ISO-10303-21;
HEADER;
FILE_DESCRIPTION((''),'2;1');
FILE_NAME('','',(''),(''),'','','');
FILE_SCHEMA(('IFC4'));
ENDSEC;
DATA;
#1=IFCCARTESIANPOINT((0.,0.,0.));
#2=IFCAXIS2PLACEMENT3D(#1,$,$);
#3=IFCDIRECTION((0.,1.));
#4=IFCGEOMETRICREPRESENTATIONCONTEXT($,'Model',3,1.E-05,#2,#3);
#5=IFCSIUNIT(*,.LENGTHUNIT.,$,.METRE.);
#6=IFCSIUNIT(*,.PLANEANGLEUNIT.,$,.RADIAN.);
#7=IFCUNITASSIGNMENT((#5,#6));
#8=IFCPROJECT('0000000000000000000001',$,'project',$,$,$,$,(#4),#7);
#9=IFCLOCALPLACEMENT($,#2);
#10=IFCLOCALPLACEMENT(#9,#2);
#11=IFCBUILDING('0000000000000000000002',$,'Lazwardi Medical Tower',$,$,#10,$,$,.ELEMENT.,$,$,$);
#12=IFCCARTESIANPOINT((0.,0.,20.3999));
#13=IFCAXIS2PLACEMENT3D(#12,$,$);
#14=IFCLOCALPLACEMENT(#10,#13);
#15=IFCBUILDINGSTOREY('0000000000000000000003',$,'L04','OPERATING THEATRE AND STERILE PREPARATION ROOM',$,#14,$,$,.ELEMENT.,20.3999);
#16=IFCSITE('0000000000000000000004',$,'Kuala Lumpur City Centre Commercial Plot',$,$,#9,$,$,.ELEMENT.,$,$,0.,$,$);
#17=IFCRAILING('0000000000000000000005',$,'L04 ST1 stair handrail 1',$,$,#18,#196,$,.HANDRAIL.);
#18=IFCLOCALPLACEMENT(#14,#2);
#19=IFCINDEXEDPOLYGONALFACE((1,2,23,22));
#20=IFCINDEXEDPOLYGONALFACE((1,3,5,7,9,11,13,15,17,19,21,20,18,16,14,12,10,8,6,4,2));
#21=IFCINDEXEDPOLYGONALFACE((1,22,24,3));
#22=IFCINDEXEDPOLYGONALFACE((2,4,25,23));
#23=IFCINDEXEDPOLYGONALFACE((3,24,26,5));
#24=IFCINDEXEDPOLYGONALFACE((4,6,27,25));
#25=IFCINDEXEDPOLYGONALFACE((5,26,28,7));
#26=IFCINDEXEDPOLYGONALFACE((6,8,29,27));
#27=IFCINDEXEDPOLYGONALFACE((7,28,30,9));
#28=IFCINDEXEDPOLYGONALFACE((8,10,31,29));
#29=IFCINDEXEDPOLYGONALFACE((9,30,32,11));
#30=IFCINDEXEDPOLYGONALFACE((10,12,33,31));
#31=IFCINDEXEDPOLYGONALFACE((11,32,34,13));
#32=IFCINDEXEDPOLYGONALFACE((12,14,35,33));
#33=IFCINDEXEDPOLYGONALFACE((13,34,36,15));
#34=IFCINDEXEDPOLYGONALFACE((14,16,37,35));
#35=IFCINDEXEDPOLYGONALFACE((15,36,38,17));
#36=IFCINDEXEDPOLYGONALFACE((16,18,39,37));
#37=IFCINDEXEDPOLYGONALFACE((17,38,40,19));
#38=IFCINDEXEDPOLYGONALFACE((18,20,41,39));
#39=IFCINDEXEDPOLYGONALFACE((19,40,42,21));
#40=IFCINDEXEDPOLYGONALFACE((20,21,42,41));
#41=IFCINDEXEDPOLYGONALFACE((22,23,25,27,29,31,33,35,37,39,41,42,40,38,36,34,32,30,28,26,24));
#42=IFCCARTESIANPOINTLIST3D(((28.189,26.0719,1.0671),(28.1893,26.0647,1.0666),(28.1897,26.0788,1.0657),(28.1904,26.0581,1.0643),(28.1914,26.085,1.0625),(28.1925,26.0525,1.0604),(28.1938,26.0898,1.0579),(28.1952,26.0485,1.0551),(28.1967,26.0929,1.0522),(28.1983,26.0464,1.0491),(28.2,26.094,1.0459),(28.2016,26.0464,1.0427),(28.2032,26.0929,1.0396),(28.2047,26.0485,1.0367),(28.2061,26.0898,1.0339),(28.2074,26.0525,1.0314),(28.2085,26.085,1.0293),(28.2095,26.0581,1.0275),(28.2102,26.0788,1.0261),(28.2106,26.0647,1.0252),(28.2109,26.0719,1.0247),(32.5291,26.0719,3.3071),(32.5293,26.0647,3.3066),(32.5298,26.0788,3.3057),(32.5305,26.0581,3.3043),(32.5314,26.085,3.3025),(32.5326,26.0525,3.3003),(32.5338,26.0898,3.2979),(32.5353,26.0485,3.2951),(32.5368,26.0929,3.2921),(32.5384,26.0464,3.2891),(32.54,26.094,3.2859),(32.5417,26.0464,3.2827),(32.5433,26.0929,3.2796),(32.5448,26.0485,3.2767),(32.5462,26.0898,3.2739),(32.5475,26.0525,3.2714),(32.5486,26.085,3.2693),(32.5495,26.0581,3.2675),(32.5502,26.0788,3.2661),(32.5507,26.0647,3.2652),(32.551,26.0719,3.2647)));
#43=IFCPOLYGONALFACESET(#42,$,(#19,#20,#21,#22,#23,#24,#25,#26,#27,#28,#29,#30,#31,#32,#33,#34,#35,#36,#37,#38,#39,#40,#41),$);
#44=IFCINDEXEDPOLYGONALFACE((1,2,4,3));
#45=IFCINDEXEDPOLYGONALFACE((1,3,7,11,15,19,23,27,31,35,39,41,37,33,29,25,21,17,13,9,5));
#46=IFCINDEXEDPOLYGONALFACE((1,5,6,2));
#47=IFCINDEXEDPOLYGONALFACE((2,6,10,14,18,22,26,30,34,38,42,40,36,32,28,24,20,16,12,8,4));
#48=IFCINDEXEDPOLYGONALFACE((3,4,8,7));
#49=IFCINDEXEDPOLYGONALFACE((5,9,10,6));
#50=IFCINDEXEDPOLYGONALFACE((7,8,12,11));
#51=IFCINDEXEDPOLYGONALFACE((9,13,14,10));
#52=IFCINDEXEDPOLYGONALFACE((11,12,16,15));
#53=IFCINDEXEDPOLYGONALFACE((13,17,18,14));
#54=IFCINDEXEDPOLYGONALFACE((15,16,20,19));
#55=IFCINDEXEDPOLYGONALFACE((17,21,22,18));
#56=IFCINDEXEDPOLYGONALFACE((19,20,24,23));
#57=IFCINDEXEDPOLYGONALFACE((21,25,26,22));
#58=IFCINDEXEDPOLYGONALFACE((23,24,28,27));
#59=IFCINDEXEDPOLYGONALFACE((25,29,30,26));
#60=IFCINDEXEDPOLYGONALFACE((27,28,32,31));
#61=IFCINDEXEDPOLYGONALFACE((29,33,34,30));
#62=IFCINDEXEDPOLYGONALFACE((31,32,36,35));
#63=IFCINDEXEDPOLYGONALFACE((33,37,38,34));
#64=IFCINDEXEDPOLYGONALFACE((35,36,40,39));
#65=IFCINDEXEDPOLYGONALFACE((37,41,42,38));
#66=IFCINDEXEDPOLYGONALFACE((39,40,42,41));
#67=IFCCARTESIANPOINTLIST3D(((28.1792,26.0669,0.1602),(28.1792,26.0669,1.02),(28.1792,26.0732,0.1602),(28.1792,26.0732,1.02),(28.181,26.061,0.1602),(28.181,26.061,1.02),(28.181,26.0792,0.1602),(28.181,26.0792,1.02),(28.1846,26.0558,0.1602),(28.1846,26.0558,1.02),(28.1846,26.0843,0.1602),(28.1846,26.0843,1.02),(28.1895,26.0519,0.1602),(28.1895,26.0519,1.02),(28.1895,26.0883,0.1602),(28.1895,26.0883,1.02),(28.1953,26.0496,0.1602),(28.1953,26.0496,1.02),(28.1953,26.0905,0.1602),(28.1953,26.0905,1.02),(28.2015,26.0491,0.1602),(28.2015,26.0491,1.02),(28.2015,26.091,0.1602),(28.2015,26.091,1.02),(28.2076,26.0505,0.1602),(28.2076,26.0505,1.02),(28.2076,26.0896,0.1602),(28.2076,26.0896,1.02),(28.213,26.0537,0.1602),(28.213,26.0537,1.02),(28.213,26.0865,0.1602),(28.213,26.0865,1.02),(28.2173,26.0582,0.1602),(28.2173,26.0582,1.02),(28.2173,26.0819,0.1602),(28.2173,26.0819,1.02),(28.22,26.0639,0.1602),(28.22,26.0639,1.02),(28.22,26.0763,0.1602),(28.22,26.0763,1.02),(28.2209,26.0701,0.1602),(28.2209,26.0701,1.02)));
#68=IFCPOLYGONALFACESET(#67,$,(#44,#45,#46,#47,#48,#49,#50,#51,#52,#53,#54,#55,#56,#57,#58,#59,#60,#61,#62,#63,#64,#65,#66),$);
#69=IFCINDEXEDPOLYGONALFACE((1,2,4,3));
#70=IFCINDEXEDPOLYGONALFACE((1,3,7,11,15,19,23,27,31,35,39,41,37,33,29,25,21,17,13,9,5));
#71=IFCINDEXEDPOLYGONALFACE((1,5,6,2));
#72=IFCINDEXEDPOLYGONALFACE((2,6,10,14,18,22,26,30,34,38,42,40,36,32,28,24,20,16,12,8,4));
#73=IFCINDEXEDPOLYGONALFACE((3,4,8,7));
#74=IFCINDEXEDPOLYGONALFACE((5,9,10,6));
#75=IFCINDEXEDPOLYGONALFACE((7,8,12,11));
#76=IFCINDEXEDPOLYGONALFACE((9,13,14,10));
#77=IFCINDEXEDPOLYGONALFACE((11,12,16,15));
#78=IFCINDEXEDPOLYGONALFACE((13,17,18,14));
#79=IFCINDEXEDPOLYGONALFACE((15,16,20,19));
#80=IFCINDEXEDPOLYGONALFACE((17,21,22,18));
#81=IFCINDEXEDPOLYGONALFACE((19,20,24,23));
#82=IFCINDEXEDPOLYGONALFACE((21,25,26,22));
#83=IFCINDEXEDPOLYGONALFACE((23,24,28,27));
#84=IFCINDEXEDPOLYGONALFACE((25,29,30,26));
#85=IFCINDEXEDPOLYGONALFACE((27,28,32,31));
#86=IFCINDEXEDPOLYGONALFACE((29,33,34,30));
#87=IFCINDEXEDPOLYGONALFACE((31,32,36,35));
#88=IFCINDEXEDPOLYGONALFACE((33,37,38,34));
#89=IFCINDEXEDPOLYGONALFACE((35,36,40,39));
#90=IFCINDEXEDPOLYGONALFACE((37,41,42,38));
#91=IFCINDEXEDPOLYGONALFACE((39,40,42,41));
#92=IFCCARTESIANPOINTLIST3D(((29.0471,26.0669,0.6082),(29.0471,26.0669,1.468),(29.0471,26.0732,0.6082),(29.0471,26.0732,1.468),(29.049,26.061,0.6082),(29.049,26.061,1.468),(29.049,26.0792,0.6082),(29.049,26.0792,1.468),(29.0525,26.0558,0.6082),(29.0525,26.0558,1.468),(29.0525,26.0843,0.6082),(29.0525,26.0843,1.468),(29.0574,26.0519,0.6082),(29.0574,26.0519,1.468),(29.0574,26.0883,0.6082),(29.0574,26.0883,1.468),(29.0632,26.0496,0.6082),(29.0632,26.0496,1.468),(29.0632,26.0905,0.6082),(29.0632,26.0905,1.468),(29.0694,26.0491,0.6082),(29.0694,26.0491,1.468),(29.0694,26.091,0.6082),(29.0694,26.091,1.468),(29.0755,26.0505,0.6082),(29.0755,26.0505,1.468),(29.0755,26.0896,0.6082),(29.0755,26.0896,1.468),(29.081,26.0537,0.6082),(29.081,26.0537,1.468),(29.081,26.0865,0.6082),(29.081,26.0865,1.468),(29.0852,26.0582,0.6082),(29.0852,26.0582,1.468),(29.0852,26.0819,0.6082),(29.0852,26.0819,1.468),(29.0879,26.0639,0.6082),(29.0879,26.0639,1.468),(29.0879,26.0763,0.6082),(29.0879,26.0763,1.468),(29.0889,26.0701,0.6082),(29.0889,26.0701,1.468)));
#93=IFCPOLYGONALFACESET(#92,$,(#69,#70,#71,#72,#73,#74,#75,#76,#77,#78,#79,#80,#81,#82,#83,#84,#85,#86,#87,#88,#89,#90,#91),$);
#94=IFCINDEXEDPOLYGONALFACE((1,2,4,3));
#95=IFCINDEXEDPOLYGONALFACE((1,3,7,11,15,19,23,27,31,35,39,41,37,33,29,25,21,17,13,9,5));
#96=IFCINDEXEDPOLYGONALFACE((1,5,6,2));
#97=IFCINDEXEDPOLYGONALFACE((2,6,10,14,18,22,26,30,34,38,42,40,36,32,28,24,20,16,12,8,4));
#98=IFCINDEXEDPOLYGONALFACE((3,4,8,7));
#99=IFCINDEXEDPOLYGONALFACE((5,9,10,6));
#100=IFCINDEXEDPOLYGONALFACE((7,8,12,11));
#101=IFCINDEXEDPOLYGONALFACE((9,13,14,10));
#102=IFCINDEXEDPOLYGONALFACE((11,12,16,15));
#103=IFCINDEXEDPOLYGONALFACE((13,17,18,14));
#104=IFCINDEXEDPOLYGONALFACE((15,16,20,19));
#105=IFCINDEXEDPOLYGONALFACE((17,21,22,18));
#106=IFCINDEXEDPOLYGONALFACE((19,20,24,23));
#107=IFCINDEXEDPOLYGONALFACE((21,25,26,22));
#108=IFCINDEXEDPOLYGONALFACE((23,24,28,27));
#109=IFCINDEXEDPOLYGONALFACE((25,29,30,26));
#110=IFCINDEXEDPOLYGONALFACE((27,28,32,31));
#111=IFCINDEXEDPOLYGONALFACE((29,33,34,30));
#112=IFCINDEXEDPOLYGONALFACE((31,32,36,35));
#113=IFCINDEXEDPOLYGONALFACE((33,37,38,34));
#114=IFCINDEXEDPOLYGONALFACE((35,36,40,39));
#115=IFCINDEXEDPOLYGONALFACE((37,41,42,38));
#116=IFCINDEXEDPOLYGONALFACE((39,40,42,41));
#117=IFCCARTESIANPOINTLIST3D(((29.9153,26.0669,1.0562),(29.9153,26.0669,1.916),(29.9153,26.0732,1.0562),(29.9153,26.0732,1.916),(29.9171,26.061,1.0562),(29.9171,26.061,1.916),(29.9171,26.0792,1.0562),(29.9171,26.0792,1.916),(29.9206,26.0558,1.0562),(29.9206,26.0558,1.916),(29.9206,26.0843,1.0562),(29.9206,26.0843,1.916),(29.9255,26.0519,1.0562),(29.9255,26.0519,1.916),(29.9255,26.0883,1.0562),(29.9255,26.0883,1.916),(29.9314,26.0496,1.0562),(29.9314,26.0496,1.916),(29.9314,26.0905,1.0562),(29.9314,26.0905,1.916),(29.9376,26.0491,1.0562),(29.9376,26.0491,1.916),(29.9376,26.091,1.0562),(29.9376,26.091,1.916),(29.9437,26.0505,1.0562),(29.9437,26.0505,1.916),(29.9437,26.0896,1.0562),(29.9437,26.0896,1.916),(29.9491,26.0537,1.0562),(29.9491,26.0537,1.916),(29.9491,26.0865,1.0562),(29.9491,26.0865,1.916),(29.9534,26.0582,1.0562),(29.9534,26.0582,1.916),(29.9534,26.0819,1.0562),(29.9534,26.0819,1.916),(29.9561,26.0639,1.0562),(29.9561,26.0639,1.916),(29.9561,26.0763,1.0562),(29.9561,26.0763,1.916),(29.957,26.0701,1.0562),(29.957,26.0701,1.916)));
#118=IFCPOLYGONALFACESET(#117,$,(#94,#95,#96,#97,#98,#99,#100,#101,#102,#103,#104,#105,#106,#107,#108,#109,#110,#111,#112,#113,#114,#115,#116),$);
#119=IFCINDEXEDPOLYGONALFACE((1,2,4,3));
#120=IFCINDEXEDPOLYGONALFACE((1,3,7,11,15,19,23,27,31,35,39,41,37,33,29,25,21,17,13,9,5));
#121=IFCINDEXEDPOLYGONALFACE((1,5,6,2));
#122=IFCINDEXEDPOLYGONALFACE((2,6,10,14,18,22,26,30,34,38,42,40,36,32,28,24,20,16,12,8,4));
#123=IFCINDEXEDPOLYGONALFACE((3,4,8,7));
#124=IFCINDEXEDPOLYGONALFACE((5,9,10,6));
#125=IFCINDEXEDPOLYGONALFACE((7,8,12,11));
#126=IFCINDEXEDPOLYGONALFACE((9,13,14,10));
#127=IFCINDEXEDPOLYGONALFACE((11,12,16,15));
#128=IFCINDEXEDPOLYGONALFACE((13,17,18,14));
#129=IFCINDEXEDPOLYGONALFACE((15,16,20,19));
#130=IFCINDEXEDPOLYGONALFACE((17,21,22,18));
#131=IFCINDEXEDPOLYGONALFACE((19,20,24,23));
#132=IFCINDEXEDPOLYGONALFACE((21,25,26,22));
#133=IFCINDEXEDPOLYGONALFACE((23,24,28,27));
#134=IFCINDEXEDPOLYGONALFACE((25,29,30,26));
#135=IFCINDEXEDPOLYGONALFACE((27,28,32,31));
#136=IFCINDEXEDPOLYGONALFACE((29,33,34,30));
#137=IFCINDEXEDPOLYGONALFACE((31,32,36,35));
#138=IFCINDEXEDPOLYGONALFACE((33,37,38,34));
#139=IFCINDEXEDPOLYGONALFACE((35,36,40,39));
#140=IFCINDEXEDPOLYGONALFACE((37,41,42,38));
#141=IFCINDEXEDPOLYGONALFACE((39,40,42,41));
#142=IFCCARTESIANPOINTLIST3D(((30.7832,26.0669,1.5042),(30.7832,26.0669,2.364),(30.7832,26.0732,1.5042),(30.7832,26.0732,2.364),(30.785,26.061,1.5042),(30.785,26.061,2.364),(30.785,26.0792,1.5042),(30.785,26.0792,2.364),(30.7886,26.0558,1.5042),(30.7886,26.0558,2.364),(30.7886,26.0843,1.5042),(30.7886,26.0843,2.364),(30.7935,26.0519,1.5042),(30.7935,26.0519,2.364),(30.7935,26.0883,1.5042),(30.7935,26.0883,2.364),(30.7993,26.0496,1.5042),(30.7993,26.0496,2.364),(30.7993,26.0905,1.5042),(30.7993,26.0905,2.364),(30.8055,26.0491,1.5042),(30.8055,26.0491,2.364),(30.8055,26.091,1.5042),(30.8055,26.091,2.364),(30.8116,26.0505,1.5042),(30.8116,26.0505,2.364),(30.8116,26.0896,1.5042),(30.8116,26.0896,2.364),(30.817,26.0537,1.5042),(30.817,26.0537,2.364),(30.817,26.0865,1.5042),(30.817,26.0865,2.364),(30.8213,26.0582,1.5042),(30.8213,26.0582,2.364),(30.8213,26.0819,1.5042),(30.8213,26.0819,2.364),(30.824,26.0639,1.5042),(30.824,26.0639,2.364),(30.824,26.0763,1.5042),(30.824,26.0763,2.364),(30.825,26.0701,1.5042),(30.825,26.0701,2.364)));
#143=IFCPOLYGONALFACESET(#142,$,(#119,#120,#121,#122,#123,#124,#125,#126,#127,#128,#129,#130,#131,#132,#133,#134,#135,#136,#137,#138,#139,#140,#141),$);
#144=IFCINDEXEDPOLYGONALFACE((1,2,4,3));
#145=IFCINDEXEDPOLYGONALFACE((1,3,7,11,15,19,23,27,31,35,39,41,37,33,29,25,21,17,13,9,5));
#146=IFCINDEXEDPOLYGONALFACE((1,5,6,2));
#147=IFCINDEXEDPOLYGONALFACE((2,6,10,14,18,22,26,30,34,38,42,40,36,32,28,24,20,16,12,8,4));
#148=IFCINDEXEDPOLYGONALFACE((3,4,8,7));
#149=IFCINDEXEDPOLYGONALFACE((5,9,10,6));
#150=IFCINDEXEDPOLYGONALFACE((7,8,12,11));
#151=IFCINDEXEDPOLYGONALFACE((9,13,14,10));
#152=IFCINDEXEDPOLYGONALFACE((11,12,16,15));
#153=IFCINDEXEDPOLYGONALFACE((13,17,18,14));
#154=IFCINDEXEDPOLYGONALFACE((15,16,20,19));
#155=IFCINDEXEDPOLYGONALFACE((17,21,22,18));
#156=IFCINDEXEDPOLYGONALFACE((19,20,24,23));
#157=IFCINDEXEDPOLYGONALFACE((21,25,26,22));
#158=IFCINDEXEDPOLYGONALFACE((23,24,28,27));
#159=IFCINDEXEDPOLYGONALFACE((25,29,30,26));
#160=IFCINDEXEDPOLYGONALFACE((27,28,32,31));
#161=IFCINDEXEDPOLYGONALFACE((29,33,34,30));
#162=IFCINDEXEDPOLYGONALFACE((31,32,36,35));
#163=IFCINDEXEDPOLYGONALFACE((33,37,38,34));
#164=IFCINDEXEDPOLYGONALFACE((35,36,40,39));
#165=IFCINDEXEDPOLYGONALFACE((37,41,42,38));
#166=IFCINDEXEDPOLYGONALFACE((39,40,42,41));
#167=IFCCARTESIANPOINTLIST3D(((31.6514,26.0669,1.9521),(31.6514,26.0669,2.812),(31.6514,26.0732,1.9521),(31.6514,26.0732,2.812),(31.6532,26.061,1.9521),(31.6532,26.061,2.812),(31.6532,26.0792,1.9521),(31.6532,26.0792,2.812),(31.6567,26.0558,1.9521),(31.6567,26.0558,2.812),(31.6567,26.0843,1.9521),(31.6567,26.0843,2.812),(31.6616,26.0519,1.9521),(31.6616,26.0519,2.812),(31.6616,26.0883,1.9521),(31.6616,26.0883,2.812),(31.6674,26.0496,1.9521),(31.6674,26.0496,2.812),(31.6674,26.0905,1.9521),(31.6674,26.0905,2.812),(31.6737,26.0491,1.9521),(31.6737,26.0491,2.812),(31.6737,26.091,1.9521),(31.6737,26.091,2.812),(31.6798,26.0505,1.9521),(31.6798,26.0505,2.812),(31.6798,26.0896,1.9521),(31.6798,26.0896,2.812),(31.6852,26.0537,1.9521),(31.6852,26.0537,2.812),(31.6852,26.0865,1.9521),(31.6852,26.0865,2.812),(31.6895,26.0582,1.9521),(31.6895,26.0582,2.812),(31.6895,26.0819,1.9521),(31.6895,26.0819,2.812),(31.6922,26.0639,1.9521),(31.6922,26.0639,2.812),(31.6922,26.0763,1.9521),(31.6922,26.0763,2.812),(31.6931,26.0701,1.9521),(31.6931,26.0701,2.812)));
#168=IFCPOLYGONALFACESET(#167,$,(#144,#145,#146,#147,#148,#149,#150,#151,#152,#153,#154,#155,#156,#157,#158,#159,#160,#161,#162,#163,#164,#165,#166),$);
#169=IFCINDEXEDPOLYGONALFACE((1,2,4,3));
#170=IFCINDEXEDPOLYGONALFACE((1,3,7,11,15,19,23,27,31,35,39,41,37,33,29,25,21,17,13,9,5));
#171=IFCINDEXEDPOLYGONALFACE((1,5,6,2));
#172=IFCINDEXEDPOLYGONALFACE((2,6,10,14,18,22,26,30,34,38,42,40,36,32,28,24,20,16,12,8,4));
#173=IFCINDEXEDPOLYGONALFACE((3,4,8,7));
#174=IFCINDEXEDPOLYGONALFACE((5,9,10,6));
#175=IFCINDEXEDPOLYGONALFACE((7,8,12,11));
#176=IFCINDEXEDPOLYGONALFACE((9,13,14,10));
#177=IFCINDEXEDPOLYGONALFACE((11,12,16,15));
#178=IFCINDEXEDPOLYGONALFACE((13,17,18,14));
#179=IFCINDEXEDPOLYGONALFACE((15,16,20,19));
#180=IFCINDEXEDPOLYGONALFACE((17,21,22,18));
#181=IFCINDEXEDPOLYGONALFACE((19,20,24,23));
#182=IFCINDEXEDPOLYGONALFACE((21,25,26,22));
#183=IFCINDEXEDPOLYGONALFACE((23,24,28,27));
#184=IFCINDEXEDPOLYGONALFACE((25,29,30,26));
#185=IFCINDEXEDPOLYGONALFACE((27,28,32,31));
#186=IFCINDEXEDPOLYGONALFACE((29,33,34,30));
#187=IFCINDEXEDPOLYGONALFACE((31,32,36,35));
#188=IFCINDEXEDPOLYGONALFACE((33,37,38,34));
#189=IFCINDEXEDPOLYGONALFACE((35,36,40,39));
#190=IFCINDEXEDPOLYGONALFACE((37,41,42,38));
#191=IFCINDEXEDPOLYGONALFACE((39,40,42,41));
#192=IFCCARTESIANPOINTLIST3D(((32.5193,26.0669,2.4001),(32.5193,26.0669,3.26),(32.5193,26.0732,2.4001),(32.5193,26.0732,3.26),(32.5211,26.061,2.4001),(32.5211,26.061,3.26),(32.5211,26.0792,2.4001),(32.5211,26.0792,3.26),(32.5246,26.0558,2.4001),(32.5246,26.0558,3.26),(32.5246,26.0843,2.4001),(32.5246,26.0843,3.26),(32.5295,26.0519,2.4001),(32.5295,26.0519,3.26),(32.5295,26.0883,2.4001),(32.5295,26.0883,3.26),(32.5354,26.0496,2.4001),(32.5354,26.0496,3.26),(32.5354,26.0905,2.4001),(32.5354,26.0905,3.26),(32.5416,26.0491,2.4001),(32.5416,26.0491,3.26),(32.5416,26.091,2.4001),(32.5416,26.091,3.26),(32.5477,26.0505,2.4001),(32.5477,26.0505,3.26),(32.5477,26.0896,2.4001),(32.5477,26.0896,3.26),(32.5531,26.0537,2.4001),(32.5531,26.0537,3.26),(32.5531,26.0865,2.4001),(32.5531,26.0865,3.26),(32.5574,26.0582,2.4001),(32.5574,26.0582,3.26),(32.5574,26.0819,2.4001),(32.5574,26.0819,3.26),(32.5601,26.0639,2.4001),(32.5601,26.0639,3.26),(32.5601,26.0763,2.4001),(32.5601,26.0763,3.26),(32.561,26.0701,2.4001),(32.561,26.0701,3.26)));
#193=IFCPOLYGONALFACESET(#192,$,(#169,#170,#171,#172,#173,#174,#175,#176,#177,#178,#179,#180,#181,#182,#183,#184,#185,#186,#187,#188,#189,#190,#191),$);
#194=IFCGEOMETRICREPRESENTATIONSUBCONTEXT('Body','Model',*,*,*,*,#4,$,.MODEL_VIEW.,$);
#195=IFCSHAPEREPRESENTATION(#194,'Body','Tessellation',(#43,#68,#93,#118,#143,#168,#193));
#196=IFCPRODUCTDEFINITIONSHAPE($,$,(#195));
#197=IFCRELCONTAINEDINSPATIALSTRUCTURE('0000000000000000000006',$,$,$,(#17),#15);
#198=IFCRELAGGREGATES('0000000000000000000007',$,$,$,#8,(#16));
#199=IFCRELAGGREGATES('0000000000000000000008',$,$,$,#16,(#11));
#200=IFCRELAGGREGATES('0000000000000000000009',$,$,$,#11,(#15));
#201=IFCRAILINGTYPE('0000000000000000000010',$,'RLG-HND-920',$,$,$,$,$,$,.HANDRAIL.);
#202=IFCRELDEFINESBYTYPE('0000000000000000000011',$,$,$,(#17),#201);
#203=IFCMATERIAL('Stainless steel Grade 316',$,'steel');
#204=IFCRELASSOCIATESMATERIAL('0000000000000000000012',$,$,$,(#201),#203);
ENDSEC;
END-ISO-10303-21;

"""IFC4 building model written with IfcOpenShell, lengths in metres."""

from ifc_helpers import new_model, si_unit, direction, frame, origin, origin_2d, place, context, subcontext, project, spatial, circle, extrude, material, type_object, element, save


model = new_model("IFC4")

# Units and contexts
model_context = context("Model", 3, precision=1e-05, world=origin(), true_north=direction((0.0, 1.0)))
body_context = subcontext(model_context, "Body", "Model", "MODEL_VIEW")
ifc_project = project(units=[si_unit("LENGTHUNIT", "METRE"), si_unit("PLANEANGLEUNIT", "RADIAN")], contexts=[model_context])

# Site, building, storey
site_placement = place(None, origin())
site = spatial("IfcSite", under=ifc_project, at=site_placement, Name="Kuala Lumpur City Centre Commercial Plot", CompositionType="ELEMENT", RefElevation=0.0)
building_placement = place(site_placement, origin())
building = spatial("IfcBuilding", under=site, at=building_placement, Name="Lazwardi Medical Tower", CompositionType="ELEMENT")
storey_placement = place(building_placement, frame((0.0, 0.0, 20.3999)))
storey = spatial("IfcBuildingStorey", under=building, at=storey_placement, Name="L04", Description="OPERATING THEATRE AND STERILE PREPARATION ROOM", CompositionType="ELEMENT", Elevation=20.3999)

# Railing
ifc_material_1 = material(Name="Stainless steel Grade 316", Category="steel")
railing_type_1 = type_object("IfcRailingType", Name="RLG-HND-920", PredefinedType="HANDRAIL", material=ifc_material_1)
railing_1_placement = place(storey_placement, frame((28.2, 26.0701, 0.1602)))
element("IfcRailing", 1, at=railing_1_placement, inside=storey, type_object=railing_type_1, Name="L04 ST1 stair handrail 1", PredefinedType="HANDRAIL", context=body_context, shape_type="SweptSolid", body=[
    extrude(circle(Radius=0.0239, at=origin_2d()), frame((0.0, 0.0, 0.8857), z_axis=(0.888625, 0.0, 0.458634), x_axis=(0.0, 1.0, 0.0)), (0.0, 0.0, 1.0), 4.884),
    extrude(circle(Radius=0.021, at=origin_2d()), origin(), (0.0, 0.0, 1.0), 0.8599),
    extrude(circle(Radius=0.021, at=origin_2d()), frame((0.8679, 0.0, 0.448)), (0.0, 0.0, 1.0), 0.8599),
    extrude(circle(Radius=0.021, at=origin_2d()), frame((1.7361, 0.0, 0.896)), (0.0, 0.0, 1.0), 0.8599),
    extrude(circle(Radius=0.021, at=origin_2d()), frame((2.604, 0.0, 1.344)), (0.0, 0.0, 1.0), 0.8599),
    extrude(circle(Radius=0.021, at=origin_2d()), frame((3.4722, 0.0, 1.792)), (0.0, 0.0, 1.0), 0.8599),
    extrude(circle(Radius=0.021, at=origin_2d()), frame((4.3401, 0.0, 2.24)), (0.0, 0.0, 1.0), 0.8599),
])

save(model, "model.ifc")
